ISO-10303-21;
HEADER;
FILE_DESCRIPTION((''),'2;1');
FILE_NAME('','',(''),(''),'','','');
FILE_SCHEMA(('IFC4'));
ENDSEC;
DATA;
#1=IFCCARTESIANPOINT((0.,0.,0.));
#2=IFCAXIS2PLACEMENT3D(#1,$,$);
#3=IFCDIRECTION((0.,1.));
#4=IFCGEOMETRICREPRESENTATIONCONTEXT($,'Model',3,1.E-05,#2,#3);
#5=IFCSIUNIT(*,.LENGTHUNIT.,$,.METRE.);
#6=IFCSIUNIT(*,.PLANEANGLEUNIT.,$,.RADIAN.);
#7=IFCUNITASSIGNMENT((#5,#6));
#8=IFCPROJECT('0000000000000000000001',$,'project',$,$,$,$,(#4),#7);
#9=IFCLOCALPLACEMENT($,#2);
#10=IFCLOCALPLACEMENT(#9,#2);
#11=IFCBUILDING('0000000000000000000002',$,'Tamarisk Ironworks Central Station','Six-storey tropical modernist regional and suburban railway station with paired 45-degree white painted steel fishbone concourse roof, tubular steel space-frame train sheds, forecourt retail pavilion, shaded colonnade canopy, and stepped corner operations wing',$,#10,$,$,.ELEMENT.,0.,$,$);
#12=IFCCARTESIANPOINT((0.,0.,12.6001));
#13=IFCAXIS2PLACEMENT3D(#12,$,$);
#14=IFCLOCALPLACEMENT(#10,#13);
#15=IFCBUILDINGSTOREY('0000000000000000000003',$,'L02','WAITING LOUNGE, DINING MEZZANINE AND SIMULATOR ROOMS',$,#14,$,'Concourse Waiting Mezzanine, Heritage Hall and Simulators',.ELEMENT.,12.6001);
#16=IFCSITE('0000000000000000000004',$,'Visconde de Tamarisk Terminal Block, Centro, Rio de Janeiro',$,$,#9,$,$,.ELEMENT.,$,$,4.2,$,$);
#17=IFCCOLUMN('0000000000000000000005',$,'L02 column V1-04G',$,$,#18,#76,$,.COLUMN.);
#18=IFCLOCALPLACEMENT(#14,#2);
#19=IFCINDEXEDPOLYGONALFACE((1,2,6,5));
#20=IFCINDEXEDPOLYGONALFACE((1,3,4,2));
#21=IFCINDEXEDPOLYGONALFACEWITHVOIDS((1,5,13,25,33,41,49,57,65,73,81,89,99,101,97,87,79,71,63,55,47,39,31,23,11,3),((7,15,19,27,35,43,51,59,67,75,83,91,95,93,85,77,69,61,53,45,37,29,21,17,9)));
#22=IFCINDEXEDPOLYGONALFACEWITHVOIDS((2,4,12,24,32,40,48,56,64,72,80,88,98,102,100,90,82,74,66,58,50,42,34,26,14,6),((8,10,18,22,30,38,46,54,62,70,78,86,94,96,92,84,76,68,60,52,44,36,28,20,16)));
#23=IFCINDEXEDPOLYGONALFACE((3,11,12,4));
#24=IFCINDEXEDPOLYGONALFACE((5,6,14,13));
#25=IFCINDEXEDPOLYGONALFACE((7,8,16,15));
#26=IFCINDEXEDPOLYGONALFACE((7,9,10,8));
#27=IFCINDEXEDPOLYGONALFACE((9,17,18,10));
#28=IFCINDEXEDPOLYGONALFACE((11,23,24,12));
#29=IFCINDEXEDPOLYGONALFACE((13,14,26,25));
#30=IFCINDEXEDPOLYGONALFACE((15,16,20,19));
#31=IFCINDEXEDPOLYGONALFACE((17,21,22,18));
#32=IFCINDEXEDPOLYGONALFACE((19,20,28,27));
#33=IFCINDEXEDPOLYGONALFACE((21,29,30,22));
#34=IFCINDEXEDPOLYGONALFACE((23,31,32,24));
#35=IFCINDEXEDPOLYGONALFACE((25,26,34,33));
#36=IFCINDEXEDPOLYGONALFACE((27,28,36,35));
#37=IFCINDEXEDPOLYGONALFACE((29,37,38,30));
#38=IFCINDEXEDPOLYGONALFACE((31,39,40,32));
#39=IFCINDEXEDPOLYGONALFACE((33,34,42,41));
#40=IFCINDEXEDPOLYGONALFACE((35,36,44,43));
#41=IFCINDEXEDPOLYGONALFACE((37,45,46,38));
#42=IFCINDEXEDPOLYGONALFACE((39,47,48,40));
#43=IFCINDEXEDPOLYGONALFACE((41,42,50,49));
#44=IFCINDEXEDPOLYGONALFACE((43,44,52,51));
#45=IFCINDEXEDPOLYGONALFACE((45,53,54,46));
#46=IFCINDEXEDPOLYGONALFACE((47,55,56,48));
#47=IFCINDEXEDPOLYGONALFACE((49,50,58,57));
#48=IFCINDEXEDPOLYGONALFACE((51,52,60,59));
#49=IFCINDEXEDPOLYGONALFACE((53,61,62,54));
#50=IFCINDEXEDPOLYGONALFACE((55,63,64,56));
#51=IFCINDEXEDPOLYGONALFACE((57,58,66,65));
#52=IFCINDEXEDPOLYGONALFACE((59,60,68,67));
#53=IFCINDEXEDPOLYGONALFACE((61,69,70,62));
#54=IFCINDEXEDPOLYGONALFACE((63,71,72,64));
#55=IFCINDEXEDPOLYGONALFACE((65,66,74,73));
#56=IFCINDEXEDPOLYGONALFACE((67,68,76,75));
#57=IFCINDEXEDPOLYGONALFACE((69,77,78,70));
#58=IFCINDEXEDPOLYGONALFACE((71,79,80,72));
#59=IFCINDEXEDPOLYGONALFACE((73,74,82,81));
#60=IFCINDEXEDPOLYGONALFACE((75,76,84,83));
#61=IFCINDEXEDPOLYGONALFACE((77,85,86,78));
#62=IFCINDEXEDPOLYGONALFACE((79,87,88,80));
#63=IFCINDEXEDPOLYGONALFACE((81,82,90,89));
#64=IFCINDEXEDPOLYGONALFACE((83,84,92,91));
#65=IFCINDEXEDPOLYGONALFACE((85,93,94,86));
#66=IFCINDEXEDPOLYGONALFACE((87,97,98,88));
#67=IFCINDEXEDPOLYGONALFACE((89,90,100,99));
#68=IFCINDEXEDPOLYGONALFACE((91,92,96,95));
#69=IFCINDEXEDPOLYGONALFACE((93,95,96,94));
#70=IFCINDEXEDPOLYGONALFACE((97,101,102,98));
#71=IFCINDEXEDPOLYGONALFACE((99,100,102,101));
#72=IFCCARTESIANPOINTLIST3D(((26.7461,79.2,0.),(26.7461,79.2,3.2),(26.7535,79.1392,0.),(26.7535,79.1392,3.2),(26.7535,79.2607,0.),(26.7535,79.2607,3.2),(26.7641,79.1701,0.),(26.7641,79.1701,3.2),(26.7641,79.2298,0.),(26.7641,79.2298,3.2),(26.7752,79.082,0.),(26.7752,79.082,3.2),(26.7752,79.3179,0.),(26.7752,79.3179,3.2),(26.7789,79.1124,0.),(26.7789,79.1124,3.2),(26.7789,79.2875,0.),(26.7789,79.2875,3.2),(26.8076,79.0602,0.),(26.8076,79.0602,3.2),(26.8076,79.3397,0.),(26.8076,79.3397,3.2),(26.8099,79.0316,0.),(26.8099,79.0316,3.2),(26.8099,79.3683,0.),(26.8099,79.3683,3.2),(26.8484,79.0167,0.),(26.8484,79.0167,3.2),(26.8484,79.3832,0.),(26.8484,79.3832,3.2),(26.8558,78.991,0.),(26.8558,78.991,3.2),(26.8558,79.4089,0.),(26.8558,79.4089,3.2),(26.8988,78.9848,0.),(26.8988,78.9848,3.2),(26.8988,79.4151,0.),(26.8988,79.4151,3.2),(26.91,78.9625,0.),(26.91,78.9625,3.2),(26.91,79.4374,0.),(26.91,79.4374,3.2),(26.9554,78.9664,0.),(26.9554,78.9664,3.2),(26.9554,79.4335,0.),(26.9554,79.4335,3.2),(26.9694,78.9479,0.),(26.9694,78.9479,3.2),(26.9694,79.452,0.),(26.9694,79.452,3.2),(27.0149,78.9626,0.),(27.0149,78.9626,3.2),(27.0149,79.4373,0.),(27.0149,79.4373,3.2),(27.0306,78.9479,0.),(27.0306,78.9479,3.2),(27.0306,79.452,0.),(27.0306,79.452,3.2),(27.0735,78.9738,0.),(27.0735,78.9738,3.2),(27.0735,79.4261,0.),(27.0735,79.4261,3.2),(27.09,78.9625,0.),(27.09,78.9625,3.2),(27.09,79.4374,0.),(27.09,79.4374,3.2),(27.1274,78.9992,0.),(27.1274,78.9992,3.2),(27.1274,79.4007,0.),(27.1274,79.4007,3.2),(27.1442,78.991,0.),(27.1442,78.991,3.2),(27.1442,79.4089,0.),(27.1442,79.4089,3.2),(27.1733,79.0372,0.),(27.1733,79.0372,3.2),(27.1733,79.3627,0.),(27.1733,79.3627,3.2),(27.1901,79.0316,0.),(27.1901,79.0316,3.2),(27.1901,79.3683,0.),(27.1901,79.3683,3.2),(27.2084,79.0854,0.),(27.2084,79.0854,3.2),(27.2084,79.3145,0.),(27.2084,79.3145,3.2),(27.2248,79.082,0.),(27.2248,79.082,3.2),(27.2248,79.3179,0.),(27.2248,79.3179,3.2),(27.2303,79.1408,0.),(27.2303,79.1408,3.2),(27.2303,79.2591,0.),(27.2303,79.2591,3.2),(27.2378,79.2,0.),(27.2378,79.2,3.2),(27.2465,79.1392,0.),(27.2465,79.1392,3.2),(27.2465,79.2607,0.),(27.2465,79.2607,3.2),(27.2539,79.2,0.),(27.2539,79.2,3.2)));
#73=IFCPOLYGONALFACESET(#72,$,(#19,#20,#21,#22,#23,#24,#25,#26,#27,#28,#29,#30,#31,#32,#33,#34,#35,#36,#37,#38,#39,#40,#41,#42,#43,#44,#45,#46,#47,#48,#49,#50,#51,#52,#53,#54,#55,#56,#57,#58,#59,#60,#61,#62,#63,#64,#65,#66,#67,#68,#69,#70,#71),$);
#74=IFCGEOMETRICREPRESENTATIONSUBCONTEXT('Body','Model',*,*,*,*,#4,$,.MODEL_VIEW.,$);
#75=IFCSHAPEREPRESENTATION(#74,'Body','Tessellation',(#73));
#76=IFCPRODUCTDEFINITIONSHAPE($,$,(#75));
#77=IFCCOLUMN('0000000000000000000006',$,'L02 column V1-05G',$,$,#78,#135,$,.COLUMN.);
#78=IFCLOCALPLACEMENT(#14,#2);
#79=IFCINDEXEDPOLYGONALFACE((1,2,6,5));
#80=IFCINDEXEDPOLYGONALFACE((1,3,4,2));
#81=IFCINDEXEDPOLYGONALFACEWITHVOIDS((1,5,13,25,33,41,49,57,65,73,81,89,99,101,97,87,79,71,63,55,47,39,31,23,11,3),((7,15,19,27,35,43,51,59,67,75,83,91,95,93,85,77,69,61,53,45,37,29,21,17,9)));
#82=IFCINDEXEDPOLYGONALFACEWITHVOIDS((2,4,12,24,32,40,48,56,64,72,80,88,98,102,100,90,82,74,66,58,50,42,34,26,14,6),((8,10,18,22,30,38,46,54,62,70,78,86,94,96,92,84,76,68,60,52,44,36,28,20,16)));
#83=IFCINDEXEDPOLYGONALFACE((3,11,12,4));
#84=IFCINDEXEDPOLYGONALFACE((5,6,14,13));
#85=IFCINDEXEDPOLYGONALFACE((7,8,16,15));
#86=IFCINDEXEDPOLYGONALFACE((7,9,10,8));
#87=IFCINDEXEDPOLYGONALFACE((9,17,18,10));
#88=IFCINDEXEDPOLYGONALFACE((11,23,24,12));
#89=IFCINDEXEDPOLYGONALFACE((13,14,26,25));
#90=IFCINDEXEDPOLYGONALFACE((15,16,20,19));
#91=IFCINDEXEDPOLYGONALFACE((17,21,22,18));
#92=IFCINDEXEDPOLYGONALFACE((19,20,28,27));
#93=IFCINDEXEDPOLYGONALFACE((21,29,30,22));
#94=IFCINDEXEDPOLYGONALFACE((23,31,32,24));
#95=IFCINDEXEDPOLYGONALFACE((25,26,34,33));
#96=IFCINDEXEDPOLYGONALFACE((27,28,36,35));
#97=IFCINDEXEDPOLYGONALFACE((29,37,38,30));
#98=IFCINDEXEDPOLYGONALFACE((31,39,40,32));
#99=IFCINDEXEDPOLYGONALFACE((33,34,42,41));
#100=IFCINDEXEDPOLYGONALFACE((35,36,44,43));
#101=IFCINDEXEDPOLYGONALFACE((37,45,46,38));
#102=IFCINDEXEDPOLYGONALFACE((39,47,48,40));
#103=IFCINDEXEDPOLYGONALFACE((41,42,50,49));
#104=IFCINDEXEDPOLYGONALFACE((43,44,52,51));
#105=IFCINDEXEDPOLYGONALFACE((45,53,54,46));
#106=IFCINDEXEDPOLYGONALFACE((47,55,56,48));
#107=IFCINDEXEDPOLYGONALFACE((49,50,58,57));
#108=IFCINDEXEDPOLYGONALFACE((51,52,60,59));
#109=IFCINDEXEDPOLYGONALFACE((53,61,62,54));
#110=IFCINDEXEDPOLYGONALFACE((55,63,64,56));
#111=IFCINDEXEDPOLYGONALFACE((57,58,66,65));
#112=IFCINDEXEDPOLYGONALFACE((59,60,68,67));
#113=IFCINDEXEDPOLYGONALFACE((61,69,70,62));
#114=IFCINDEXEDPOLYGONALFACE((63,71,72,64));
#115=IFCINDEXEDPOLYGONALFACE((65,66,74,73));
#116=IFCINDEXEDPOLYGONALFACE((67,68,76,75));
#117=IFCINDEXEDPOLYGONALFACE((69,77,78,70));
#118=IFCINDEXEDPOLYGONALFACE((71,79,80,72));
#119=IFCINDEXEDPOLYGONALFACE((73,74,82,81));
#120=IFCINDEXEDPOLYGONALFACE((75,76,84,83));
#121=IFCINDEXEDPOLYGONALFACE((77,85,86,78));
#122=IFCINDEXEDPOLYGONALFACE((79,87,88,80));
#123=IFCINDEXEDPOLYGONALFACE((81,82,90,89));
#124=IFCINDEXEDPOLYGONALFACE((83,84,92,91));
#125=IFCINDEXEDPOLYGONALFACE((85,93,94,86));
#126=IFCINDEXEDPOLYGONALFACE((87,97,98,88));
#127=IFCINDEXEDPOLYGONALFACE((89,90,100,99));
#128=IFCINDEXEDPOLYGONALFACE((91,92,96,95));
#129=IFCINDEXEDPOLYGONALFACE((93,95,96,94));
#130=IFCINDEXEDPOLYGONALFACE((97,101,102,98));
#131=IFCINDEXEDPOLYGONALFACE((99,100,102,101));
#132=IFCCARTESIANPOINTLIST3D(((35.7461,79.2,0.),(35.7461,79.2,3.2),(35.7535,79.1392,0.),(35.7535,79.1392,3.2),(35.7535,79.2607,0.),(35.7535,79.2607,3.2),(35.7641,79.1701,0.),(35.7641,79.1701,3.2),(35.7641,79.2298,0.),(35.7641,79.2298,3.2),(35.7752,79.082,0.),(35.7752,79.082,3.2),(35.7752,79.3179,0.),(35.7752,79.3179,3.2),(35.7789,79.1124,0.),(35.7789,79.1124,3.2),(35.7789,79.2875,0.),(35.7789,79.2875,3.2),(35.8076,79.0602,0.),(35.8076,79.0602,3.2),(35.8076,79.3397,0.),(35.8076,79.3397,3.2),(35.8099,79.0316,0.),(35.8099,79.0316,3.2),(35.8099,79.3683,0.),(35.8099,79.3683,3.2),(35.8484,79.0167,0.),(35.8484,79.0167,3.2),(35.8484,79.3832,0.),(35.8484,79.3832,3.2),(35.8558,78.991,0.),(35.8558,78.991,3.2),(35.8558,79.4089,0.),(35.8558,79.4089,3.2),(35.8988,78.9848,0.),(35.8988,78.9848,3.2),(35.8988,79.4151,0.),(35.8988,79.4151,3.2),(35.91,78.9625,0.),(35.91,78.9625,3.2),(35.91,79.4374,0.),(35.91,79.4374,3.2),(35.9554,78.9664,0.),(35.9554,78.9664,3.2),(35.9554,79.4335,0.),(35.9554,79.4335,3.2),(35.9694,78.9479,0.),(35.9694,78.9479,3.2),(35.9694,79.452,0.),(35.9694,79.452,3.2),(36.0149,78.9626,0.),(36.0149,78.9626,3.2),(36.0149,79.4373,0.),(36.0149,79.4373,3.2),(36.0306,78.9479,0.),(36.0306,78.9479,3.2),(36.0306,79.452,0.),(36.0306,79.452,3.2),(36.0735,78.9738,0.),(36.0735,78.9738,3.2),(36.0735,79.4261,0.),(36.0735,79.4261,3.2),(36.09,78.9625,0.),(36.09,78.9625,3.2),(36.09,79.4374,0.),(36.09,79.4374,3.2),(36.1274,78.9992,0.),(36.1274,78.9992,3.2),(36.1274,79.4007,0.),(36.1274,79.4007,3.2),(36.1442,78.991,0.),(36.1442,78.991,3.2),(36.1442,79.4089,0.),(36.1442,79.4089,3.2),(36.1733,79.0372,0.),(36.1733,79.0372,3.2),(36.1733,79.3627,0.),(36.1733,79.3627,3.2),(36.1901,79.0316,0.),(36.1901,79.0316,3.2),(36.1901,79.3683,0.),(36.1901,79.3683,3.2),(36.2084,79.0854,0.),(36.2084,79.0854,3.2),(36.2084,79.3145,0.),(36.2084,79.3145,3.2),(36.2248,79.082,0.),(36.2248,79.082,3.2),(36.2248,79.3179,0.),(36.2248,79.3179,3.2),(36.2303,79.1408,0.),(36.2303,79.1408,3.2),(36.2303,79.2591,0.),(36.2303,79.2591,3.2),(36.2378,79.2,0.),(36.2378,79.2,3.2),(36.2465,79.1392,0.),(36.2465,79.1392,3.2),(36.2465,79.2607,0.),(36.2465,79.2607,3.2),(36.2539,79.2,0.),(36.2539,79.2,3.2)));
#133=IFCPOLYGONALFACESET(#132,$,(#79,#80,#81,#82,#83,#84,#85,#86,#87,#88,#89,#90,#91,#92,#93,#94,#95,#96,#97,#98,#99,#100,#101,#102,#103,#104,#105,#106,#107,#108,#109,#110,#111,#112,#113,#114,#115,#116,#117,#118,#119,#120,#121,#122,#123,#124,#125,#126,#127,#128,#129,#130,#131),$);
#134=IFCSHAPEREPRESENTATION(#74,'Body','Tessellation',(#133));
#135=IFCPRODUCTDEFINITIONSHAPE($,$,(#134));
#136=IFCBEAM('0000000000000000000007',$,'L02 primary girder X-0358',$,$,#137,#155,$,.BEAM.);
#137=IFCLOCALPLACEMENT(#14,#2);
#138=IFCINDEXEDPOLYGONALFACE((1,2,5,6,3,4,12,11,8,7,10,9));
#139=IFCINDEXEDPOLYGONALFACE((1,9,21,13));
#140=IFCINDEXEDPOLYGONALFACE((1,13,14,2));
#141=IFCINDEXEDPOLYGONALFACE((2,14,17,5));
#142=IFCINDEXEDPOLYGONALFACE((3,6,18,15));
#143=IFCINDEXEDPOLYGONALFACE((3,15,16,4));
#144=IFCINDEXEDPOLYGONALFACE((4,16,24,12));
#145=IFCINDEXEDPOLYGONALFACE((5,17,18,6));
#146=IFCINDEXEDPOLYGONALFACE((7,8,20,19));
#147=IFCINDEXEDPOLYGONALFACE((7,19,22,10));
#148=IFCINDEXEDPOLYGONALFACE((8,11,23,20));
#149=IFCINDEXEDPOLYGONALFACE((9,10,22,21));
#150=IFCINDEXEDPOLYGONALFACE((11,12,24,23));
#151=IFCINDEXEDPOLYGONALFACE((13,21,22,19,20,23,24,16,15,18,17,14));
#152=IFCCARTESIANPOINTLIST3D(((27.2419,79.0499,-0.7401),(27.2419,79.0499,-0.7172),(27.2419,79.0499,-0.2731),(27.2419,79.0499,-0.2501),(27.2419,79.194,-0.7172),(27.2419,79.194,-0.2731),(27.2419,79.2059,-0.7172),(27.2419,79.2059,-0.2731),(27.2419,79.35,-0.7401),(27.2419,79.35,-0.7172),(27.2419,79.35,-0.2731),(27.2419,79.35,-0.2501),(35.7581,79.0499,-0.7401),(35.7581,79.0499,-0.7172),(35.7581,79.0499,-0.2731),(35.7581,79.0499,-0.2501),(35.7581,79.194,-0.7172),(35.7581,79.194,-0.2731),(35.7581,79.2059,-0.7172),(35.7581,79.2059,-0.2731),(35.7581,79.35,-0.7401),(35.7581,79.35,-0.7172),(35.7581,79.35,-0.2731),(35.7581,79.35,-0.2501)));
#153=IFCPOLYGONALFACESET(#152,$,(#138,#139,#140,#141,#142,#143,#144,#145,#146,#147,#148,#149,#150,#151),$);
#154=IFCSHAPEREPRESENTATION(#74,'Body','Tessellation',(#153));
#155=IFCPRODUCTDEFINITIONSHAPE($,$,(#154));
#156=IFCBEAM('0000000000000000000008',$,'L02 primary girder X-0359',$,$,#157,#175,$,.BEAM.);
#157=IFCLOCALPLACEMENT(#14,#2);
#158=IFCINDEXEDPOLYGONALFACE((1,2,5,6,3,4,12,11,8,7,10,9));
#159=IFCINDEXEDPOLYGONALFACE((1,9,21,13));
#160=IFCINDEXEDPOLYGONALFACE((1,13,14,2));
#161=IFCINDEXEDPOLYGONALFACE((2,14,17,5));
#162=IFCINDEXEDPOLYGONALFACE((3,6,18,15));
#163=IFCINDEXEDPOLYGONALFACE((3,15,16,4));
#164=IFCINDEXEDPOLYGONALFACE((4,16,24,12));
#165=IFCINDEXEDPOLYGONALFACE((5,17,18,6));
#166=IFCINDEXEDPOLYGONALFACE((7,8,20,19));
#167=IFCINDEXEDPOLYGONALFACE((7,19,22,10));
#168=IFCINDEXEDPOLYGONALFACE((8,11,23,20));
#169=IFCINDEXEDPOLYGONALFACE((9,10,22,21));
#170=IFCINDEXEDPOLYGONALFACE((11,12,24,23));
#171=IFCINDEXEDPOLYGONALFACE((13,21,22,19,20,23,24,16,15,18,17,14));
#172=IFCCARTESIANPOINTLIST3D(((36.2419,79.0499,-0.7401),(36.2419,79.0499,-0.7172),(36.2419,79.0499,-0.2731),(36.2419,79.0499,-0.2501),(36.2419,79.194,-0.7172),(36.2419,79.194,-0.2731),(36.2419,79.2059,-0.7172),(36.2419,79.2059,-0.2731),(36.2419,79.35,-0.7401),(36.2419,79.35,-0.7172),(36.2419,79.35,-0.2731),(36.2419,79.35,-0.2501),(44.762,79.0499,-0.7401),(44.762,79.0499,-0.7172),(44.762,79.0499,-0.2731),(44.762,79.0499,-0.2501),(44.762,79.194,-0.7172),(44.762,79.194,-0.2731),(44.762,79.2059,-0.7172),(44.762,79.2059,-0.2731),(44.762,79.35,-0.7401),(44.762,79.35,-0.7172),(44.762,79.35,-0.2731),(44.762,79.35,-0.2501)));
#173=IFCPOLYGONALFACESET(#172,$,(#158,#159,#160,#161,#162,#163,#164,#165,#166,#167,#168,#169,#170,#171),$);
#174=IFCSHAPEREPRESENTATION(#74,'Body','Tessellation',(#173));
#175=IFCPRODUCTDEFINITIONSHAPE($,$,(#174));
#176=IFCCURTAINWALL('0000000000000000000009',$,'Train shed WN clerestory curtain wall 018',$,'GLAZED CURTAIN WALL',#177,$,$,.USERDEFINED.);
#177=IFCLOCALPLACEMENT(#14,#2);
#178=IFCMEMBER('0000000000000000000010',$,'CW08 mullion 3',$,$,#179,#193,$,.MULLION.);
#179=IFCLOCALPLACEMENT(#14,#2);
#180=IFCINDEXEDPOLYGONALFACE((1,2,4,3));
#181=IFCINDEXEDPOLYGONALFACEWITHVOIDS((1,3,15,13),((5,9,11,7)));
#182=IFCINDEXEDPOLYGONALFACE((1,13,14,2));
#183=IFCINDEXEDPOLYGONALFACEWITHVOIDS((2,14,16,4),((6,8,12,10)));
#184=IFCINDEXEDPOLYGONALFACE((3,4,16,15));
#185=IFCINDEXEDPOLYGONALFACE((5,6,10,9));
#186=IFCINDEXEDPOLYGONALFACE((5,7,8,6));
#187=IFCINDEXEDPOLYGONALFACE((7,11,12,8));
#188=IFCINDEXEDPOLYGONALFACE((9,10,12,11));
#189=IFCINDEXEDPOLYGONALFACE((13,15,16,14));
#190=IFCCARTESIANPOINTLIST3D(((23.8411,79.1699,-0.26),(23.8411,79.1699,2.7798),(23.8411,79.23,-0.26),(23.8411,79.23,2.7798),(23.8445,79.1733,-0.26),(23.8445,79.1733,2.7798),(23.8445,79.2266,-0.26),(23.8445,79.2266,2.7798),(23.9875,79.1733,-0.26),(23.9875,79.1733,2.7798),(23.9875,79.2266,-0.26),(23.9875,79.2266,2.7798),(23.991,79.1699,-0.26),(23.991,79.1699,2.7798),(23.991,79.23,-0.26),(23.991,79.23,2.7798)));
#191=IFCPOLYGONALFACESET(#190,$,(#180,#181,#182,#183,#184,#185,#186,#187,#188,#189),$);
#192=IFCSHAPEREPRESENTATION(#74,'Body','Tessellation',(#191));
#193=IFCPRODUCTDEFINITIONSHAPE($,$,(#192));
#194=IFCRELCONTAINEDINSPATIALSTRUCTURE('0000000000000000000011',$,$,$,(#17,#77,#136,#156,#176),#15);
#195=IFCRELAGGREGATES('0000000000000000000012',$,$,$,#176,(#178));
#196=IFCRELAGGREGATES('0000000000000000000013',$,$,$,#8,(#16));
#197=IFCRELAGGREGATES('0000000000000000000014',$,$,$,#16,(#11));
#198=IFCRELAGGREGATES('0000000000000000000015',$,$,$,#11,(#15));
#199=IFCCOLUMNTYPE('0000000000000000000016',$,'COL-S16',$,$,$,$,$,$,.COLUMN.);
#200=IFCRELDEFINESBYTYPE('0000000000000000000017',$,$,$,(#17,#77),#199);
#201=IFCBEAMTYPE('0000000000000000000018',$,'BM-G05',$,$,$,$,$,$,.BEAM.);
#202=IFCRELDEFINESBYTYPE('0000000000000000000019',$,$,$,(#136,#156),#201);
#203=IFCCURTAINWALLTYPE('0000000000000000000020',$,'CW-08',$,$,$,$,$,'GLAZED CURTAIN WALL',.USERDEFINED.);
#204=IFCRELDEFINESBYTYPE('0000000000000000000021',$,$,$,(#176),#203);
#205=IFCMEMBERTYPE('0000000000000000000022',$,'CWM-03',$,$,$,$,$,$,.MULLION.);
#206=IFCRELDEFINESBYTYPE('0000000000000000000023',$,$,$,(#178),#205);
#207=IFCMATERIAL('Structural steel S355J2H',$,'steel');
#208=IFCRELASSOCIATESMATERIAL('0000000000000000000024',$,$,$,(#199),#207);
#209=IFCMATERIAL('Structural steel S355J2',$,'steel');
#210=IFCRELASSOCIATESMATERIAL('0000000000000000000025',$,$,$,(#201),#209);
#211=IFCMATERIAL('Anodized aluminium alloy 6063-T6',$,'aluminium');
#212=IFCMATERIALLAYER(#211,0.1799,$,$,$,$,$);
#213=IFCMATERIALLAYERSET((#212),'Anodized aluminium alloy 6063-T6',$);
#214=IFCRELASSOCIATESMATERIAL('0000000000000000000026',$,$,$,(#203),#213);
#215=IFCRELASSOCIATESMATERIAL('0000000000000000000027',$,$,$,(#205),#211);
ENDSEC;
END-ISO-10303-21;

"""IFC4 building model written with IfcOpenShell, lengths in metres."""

from ifc_helpers import new_model, si_unit, direction, frame, origin, origin_2d, place, context, subcontext, project, spatial, hollow_rectangle, hollow_circle, i_section, extrude, material, layer, layer_set, material_profile, profile_set, type_object, element, aggregate, save


model = new_model("IFC4")

# Units and contexts
model_context = context("Model", 3, precision=1e-05, world=origin(), true_north=direction((0.0, 1.0)))
body_context = subcontext(model_context, "Body", "Model", "MODEL_VIEW")
ifc_project = project(units=[si_unit("LENGTHUNIT", "METRE"), si_unit("PLANEANGLEUNIT", "RADIAN")], contexts=[model_context])

# Site, building, storey
site_placement = place(None, origin())
site = spatial("IfcSite", under=ifc_project, at=site_placement, Name="Visconde de Tamarisk Terminal Block, Centro, Rio de Janeiro", CompositionType="ELEMENT", RefElevation=4.2)
building_placement = place(site_placement, origin())
building = spatial("IfcBuilding", under=site, at=building_placement, Name="Tamarisk Ironworks Central Station", Description="Six-storey tropical modernist regional and suburban railway station with paired 45-degree white painted steel fishbone concourse roof, tubular steel space-frame train sheds, forecourt retail pavilion, shaded colonnade canopy, and stepped corner operations wing", CompositionType="ELEMENT", ElevationOfRefHeight=0.0)
storey_placement = place(building_placement, frame((0.0, 0.0, 12.6001)))
storey = spatial("IfcBuildingStorey", under=building, at=storey_placement, Name="L02", Description="WAITING LOUNGE, DINING MEZZANINE AND SIMULATOR ROOMS", LongName="Concourse Waiting Mezzanine, Heritage Hall and Simulators", CompositionType="ELEMENT", Elevation=12.6001)

# Columns
ifc_material_1 = material(Name="Structural steel S355J2H", Category="steel")
ifc_material_profile_1 = material_profile(ifc_material_1, hollow_circle(Radius=0.2539, WallThickness=0.0161, at=origin_2d()), Name="CHS 508x16")
ifc_profile_set_1 = profile_set([ifc_material_profile_1], Name="Structural steel S355J2H")
column_type = type_object("IfcColumnType", Name="COL-S16", PredefinedType="COLUMN", material=ifc_profile_set_1)
for number, where, z_axis, x_axis, name in (
    (1, (27.0, 79.2, 0.0), (0.0, 0.0, 1.0), (1.0, 0.0, 0.0), "L02 column V1-04G"),
    (2, (36.0, 79.2, 0.0), (0.0, 0.0, 1.0), (1.0, 0.0, 0.0), "L02 column V1-05G"),
):
    element("IfcColumn", number, at=place(storey_placement, frame(where, z_axis=z_axis, x_axis=x_axis)), inside=storey, type_object=column_type, Name=name, PredefinedType="COLUMN", context=body_context, shape_type="SweptSolid", body=[
        extrude(hollow_circle(Radius=0.2539, WallThickness=0.0161, at=origin_2d()), origin(), (0.0, 0.0, 1.0), 3.2),
    ])

# Beams
ifc_material_2 = material(Name="Structural steel S355J2", Category="steel")
ifc_material_profile_2 = material_profile(ifc_material_2, i_section(OverallWidth=0.3, OverallDepth=0.49, WebThickness=0.012, FlangeThickness=0.0229, at=origin_2d()), Name="HEA 500")
ifc_profile_set_2 = profile_set([ifc_material_profile_2], Name="Structural steel S355J2")
beam_type = type_object("IfcBeamType", Name="BM-G05", PredefinedType="BEAM", material=ifc_profile_set_2)
beam_1_placement = place(storey_placement, frame((27.2419, 79.2, -0.4951), z_axis=(1.0, 0.0, 0.0), x_axis=(0.0, 1.0, 0.0)))
element("IfcBeam", 3, at=beam_1_placement, inside=storey, type_object=beam_type, Name="L02 primary girder X-0358", PredefinedType="BEAM", context=body_context, shape_type="SweptSolid", body=[
    extrude(i_section(OverallWidth=0.3, OverallDepth=0.49, WebThickness=0.012, FlangeThickness=0.0229, at=origin_2d()), origin(), (0.0, 0.0, 1.0), 8.5161),
])
beam_2_placement = place(storey_placement, frame((36.2419, 79.2, -0.4951), z_axis=(1.0, 0.0, 0.0), x_axis=(0.0, 1.0, 0.0)))
element("IfcBeam", 4, at=beam_2_placement, inside=storey, type_object=beam_type, Name="L02 primary girder X-0359", PredefinedType="BEAM", context=body_context, shape_type="SweptSolid", body=[
    extrude(i_section(OverallWidth=0.3, OverallDepth=0.49, WebThickness=0.012, FlangeThickness=0.0229, at=origin_2d()), origin(), (0.0, 0.0, 1.0), 8.52),
])

# Curtain wall, member
ifc_material_3 = material(Name="Anodized aluminium alloy 6063-T6", Category="aluminium")
ifc_layer_1 = layer(ifc_material_3, 0.1799)
ifc_layer_set_1 = layer_set([ifc_layer_1], Name="Anodized aluminium alloy 6063-T6")
curtain_wall_type = type_object("IfcCurtainWallType", Name="CW-08", ElementType="GLAZED CURTAIN WALL", PredefinedType="USERDEFINED", material=ifc_layer_set_1)
curtain_wall_1_placement = place(storey_placement, origin())
curtain_wall_1 = element("IfcCurtainWall", 5, at=curtain_wall_1_placement, inside=storey, type_object=curtain_wall_type, Name="Train shed WN clerestory curtain wall 018", ObjectType="GLAZED CURTAIN WALL", PredefinedType="USERDEFINED")
ifc_material_profile_3 = material_profile(ifc_material_3, hollow_rectangle(XDim=0.0601, YDim=0.1499, WallThickness=0.0034, at=origin_2d()), Name="ALUM 150x60")
ifc_profile_set_3 = profile_set([ifc_material_profile_3], Name="Anodized aluminium alloy 6063-T6")
member_type_1 = type_object("IfcMemberType", Name="CWM-03", PredefinedType="MULLION", material=ifc_profile_set_3)
member_1_placement = place(storey_placement, frame((23.916, 79.2, -0.26), z_axis=(0.0, 0.0, 1.0), x_axis=(0.0, 1.0, 0.0)))
member_1 = element("IfcMember", 6, at=member_1_placement, type_object=member_type_1, Name="CW08 mullion 3", PredefinedType="MULLION", context=body_context, shape_type="SweptSolid", body=[
    extrude(hollow_rectangle(XDim=0.0601, YDim=0.1499, WallThickness=0.0034, at=origin_2d()), origin(), (0.0, 0.0, 1.0), 3.0398),
])

aggregate(curtain_wall_1, [member_1])

save(model, "model.ifc")
